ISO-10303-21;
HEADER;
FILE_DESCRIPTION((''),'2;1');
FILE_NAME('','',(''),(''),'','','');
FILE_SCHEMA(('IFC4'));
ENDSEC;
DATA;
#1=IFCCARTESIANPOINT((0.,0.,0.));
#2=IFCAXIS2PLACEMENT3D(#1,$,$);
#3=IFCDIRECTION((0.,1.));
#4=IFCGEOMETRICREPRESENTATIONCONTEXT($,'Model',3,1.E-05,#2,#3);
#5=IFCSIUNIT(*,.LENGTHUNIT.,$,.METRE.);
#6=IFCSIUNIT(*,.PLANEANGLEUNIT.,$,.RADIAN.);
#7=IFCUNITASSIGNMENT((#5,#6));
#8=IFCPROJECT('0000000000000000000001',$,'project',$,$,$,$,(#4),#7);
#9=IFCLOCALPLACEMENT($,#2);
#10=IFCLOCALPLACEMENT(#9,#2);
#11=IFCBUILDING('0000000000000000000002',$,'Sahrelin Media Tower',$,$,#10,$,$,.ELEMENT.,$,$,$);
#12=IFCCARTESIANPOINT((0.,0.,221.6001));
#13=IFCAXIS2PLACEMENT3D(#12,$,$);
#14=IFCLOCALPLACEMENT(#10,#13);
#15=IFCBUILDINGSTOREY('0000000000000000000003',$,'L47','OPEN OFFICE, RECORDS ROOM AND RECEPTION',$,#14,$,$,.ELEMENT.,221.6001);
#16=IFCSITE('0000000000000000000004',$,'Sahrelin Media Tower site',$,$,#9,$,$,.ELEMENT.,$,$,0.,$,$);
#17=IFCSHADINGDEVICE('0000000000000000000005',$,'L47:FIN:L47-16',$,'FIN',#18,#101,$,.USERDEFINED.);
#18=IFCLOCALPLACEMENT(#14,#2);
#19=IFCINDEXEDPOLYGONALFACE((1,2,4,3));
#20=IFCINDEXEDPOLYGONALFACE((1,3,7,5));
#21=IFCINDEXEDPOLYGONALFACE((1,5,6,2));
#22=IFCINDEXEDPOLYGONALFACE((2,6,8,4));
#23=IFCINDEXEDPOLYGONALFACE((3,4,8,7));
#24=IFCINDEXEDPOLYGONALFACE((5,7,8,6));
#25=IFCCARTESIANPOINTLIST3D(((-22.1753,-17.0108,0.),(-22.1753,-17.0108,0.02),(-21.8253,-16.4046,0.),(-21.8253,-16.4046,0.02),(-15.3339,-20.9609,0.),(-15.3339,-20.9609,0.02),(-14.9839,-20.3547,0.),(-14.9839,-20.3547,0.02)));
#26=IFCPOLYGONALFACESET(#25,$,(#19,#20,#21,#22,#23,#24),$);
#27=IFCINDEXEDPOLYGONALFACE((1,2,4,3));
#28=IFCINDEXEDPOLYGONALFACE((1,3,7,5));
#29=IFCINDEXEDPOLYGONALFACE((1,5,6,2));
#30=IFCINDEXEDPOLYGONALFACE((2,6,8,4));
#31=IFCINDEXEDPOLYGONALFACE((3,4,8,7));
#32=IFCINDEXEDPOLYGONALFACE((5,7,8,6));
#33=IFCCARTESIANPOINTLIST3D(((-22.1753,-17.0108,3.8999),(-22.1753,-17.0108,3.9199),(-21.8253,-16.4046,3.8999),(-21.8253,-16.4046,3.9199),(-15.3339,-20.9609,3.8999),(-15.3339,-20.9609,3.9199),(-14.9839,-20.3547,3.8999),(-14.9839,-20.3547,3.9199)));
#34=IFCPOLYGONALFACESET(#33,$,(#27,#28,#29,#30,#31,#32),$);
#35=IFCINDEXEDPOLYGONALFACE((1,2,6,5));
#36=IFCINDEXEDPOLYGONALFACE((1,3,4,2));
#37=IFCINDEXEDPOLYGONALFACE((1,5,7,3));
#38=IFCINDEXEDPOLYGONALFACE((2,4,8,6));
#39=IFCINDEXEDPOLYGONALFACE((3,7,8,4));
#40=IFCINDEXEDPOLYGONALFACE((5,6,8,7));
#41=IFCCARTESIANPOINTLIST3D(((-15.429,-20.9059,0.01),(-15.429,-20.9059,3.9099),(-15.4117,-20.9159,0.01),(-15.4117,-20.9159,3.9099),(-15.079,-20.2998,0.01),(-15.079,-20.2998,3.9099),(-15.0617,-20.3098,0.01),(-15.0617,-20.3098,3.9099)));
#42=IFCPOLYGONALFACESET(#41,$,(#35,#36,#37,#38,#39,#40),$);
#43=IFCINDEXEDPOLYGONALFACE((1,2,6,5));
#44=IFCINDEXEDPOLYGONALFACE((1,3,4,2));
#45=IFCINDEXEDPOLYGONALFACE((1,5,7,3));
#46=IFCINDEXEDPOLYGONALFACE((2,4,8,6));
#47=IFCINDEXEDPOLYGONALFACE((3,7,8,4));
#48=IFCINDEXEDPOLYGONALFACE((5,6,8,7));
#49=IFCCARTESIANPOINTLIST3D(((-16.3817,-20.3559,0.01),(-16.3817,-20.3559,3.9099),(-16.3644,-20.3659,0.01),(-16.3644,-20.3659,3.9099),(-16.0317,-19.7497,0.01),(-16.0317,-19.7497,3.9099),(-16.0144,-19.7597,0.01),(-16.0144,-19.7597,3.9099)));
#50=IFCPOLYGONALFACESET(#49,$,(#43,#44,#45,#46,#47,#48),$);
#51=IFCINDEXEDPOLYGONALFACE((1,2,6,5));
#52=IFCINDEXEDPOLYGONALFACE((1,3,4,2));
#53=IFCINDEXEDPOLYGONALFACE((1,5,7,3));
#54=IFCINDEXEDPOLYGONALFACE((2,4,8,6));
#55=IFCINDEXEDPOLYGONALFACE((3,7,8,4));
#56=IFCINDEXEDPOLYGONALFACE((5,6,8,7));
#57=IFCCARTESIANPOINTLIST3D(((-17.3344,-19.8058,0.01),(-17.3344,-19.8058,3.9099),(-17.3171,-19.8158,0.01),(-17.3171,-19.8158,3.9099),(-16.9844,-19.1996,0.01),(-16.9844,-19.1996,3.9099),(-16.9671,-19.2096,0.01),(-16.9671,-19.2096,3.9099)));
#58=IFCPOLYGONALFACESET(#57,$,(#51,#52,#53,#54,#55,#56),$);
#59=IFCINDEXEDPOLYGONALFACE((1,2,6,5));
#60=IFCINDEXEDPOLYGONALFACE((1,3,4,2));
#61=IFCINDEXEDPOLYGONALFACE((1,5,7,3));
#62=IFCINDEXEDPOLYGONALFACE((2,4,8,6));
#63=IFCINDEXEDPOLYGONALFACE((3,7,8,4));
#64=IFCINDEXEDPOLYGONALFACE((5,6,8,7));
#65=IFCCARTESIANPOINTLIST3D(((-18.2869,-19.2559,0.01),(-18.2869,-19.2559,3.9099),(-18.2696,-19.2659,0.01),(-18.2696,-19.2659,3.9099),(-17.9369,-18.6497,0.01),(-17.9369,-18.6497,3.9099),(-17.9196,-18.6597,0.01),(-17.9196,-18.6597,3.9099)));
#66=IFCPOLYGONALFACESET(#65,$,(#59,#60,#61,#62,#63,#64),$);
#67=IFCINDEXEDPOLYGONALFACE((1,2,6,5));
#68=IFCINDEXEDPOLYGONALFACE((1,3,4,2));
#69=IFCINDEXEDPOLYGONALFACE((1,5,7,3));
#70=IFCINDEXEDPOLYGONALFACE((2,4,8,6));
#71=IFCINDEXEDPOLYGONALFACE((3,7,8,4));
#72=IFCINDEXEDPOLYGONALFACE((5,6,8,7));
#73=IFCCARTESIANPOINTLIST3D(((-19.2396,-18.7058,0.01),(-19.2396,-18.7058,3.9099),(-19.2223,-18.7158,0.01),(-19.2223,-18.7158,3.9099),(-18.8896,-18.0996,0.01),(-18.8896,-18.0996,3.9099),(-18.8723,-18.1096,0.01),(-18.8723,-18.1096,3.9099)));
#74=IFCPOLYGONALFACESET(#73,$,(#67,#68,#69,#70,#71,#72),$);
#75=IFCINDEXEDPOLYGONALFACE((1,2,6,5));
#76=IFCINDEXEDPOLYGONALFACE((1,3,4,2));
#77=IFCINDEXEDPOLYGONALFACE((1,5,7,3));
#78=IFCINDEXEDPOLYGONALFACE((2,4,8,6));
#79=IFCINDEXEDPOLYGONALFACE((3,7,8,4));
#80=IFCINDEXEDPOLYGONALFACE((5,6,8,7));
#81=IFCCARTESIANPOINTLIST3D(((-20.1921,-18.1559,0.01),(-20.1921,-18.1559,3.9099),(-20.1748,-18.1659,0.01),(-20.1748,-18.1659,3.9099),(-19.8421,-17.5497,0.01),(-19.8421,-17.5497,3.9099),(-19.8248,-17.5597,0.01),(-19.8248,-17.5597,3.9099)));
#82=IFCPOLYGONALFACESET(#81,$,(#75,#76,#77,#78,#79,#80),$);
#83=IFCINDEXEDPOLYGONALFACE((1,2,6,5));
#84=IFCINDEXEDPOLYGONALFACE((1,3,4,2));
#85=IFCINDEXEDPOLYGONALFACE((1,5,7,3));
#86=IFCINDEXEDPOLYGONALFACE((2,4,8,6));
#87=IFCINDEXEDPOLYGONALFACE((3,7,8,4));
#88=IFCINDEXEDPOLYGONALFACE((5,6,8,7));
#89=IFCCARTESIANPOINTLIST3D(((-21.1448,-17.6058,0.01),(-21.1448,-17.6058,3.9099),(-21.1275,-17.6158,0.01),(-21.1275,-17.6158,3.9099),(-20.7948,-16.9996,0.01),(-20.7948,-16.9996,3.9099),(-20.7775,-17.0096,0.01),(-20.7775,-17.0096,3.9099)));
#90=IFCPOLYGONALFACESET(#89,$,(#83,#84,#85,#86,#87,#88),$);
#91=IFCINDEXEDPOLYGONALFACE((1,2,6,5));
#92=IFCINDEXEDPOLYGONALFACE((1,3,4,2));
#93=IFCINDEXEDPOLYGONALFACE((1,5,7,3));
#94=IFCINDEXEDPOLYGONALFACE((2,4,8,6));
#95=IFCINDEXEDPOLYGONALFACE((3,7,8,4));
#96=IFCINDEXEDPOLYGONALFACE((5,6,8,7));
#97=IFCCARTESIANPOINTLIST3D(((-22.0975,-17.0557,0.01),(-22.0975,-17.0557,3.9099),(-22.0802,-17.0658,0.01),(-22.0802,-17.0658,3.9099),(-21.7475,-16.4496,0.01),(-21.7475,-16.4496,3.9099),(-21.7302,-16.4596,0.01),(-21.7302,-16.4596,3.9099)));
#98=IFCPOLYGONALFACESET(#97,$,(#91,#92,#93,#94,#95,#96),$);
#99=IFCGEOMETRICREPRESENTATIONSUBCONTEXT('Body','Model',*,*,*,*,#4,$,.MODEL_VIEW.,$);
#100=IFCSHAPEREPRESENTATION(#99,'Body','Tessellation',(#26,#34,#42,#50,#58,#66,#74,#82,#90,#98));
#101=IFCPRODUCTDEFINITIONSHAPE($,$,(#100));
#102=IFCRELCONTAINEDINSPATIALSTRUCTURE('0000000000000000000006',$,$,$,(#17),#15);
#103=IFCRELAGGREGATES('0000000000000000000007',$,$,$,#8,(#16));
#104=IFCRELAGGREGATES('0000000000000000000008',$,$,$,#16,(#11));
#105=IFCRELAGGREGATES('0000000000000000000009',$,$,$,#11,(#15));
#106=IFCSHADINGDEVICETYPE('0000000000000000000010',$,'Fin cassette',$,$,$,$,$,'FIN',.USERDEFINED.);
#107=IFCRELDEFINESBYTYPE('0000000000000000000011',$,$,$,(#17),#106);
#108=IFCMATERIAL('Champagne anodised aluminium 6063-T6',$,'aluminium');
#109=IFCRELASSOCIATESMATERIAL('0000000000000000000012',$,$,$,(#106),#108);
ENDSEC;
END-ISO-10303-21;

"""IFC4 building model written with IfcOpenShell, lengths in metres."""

from ifc_helpers import new_model, si_unit, direction, frame, origin, origin_2d, place, context, subcontext, project, spatial, rectangle, extrude, material, type_object, element, save


model = new_model("IFC4")

# Units and contexts
model_context = context("Model", 3, precision=1e-05, world=origin(), true_north=direction((0.0, 1.0)))
body_context = subcontext(model_context, "Body", "Model", "MODEL_VIEW")
ifc_project = project(units=[si_unit("LENGTHUNIT", "METRE"), si_unit("PLANEANGLEUNIT", "RADIAN")], contexts=[model_context])

# Site, building, storey
site_placement = place(None, origin())
site = spatial("IfcSite", under=ifc_project, at=site_placement, Name="Sahrelin Media Tower site", CompositionType="ELEMENT", RefElevation=0.0)
building_placement = place(site_placement, origin())
building = spatial("IfcBuilding", under=site, at=building_placement, Name="Sahrelin Media Tower", CompositionType="ELEMENT")
storey_placement = place(building_placement, frame((0.0, 0.0, 221.6001)))
storey = spatial("IfcBuildingStorey", under=building, at=storey_placement, Name="L47", Description="OPEN OFFICE, RECORDS ROOM AND RECEPTION", CompositionType="ELEMENT", Elevation=221.6001)

# Shared definitions
ifc_material_1 = material(Name="Champagne anodised aluminium 6063-T6", Category="aluminium")

# Shading device
shading_device_type_1 = type_object("IfcShadingDeviceType", Name="Fin cassette", ElementType="FIN", PredefinedType="USERDEFINED", material=ifc_material_1)
placement = place(storey_placement, frame((-18.3696, -18.3191, 0.0), z_axis=(0.0, 0.0, 1.0), x_axis=(-0.866019, 0.500011, 0.0)))
element("IfcShadingDevice", 1, at=placement, inside=storey, type_object=shading_device_type_1, Name="L47:FIN:L47-16", ObjectType="FIN", PredefinedType="USERDEFINED", context=body_context, shape_type="SweptSolid", body=[
    extrude(rectangle(XDim=7.8999, YDim=0.7, at=origin_2d()), frame((0.0, 0.4199, 0.0)), (0.0, 0.0, 1.0), 0.02),
    extrude(rectangle(XDim=7.8999, YDim=0.7, at=origin_2d()), frame((0.0, 0.4199, 3.8999)), (0.0, 0.0, 1.0), 0.02),
    extrude(rectangle(XDim=0.02, YDim=0.7, at=origin_2d()), frame((-3.8501, 0.4199, 0.01), z_axis=(0.0, 0.0, 1.0), x_axis=(1.0, 0.0, 0.0)), (0.0, 0.0, 1.0), 3.8999),
    extrude(rectangle(XDim=0.02, YDim=0.7, at=origin_2d()), frame((-2.75, 0.4199, 0.01), z_axis=(0.0, 0.0, 1.0), x_axis=(1.0, 0.0, 0.0)), (0.0, 0.0, 1.0), 3.8999),
    extrude(rectangle(XDim=0.02, YDim=0.7, at=origin_2d()), frame((-1.6499, 0.4199, 0.01), z_axis=(0.0, 0.0, 1.0), x_axis=(1.0, 0.0, 0.0)), (0.0, 0.0, 1.0), 3.8999),
    extrude(rectangle(XDim=0.02, YDim=0.7, at=origin_2d()), frame((-0.55, 0.4199, 0.01), z_axis=(0.0, 0.0, 1.0), x_axis=(1.0, 0.0, 0.0)), (0.0, 0.0, 1.0), 3.8999),
    extrude(rectangle(XDim=0.02, YDim=0.7, at=origin_2d()), frame((0.55, 0.4199, 0.01), z_axis=(0.0, 0.0, 1.0), x_axis=(1.0, 0.0, 0.0)), (0.0, 0.0, 1.0), 3.8999),
    extrude(rectangle(XDim=0.02, YDim=0.7, at=origin_2d()), frame((1.6499, 0.4199, 0.01), z_axis=(0.0, 0.0, 1.0), x_axis=(1.0, 0.0, 0.0)), (0.0, 0.0, 1.0), 3.8999),
    extrude(rectangle(XDim=0.02, YDim=0.7, at=origin_2d()), frame((2.75, 0.4199, 0.01), z_axis=(0.0, 0.0, 1.0), x_axis=(1.0, 0.0, 0.0)), (0.0, 0.0, 1.0), 3.8999),
    extrude(rectangle(XDim=0.02, YDim=0.7, at=origin_2d()), frame((3.8501, 0.4199, 0.01), z_axis=(0.0, 0.0, 1.0), x_axis=(1.0, 0.0, 0.0)), (0.0, 0.0, 1.0), 3.8999),
])

save(model, "model.ifc")
